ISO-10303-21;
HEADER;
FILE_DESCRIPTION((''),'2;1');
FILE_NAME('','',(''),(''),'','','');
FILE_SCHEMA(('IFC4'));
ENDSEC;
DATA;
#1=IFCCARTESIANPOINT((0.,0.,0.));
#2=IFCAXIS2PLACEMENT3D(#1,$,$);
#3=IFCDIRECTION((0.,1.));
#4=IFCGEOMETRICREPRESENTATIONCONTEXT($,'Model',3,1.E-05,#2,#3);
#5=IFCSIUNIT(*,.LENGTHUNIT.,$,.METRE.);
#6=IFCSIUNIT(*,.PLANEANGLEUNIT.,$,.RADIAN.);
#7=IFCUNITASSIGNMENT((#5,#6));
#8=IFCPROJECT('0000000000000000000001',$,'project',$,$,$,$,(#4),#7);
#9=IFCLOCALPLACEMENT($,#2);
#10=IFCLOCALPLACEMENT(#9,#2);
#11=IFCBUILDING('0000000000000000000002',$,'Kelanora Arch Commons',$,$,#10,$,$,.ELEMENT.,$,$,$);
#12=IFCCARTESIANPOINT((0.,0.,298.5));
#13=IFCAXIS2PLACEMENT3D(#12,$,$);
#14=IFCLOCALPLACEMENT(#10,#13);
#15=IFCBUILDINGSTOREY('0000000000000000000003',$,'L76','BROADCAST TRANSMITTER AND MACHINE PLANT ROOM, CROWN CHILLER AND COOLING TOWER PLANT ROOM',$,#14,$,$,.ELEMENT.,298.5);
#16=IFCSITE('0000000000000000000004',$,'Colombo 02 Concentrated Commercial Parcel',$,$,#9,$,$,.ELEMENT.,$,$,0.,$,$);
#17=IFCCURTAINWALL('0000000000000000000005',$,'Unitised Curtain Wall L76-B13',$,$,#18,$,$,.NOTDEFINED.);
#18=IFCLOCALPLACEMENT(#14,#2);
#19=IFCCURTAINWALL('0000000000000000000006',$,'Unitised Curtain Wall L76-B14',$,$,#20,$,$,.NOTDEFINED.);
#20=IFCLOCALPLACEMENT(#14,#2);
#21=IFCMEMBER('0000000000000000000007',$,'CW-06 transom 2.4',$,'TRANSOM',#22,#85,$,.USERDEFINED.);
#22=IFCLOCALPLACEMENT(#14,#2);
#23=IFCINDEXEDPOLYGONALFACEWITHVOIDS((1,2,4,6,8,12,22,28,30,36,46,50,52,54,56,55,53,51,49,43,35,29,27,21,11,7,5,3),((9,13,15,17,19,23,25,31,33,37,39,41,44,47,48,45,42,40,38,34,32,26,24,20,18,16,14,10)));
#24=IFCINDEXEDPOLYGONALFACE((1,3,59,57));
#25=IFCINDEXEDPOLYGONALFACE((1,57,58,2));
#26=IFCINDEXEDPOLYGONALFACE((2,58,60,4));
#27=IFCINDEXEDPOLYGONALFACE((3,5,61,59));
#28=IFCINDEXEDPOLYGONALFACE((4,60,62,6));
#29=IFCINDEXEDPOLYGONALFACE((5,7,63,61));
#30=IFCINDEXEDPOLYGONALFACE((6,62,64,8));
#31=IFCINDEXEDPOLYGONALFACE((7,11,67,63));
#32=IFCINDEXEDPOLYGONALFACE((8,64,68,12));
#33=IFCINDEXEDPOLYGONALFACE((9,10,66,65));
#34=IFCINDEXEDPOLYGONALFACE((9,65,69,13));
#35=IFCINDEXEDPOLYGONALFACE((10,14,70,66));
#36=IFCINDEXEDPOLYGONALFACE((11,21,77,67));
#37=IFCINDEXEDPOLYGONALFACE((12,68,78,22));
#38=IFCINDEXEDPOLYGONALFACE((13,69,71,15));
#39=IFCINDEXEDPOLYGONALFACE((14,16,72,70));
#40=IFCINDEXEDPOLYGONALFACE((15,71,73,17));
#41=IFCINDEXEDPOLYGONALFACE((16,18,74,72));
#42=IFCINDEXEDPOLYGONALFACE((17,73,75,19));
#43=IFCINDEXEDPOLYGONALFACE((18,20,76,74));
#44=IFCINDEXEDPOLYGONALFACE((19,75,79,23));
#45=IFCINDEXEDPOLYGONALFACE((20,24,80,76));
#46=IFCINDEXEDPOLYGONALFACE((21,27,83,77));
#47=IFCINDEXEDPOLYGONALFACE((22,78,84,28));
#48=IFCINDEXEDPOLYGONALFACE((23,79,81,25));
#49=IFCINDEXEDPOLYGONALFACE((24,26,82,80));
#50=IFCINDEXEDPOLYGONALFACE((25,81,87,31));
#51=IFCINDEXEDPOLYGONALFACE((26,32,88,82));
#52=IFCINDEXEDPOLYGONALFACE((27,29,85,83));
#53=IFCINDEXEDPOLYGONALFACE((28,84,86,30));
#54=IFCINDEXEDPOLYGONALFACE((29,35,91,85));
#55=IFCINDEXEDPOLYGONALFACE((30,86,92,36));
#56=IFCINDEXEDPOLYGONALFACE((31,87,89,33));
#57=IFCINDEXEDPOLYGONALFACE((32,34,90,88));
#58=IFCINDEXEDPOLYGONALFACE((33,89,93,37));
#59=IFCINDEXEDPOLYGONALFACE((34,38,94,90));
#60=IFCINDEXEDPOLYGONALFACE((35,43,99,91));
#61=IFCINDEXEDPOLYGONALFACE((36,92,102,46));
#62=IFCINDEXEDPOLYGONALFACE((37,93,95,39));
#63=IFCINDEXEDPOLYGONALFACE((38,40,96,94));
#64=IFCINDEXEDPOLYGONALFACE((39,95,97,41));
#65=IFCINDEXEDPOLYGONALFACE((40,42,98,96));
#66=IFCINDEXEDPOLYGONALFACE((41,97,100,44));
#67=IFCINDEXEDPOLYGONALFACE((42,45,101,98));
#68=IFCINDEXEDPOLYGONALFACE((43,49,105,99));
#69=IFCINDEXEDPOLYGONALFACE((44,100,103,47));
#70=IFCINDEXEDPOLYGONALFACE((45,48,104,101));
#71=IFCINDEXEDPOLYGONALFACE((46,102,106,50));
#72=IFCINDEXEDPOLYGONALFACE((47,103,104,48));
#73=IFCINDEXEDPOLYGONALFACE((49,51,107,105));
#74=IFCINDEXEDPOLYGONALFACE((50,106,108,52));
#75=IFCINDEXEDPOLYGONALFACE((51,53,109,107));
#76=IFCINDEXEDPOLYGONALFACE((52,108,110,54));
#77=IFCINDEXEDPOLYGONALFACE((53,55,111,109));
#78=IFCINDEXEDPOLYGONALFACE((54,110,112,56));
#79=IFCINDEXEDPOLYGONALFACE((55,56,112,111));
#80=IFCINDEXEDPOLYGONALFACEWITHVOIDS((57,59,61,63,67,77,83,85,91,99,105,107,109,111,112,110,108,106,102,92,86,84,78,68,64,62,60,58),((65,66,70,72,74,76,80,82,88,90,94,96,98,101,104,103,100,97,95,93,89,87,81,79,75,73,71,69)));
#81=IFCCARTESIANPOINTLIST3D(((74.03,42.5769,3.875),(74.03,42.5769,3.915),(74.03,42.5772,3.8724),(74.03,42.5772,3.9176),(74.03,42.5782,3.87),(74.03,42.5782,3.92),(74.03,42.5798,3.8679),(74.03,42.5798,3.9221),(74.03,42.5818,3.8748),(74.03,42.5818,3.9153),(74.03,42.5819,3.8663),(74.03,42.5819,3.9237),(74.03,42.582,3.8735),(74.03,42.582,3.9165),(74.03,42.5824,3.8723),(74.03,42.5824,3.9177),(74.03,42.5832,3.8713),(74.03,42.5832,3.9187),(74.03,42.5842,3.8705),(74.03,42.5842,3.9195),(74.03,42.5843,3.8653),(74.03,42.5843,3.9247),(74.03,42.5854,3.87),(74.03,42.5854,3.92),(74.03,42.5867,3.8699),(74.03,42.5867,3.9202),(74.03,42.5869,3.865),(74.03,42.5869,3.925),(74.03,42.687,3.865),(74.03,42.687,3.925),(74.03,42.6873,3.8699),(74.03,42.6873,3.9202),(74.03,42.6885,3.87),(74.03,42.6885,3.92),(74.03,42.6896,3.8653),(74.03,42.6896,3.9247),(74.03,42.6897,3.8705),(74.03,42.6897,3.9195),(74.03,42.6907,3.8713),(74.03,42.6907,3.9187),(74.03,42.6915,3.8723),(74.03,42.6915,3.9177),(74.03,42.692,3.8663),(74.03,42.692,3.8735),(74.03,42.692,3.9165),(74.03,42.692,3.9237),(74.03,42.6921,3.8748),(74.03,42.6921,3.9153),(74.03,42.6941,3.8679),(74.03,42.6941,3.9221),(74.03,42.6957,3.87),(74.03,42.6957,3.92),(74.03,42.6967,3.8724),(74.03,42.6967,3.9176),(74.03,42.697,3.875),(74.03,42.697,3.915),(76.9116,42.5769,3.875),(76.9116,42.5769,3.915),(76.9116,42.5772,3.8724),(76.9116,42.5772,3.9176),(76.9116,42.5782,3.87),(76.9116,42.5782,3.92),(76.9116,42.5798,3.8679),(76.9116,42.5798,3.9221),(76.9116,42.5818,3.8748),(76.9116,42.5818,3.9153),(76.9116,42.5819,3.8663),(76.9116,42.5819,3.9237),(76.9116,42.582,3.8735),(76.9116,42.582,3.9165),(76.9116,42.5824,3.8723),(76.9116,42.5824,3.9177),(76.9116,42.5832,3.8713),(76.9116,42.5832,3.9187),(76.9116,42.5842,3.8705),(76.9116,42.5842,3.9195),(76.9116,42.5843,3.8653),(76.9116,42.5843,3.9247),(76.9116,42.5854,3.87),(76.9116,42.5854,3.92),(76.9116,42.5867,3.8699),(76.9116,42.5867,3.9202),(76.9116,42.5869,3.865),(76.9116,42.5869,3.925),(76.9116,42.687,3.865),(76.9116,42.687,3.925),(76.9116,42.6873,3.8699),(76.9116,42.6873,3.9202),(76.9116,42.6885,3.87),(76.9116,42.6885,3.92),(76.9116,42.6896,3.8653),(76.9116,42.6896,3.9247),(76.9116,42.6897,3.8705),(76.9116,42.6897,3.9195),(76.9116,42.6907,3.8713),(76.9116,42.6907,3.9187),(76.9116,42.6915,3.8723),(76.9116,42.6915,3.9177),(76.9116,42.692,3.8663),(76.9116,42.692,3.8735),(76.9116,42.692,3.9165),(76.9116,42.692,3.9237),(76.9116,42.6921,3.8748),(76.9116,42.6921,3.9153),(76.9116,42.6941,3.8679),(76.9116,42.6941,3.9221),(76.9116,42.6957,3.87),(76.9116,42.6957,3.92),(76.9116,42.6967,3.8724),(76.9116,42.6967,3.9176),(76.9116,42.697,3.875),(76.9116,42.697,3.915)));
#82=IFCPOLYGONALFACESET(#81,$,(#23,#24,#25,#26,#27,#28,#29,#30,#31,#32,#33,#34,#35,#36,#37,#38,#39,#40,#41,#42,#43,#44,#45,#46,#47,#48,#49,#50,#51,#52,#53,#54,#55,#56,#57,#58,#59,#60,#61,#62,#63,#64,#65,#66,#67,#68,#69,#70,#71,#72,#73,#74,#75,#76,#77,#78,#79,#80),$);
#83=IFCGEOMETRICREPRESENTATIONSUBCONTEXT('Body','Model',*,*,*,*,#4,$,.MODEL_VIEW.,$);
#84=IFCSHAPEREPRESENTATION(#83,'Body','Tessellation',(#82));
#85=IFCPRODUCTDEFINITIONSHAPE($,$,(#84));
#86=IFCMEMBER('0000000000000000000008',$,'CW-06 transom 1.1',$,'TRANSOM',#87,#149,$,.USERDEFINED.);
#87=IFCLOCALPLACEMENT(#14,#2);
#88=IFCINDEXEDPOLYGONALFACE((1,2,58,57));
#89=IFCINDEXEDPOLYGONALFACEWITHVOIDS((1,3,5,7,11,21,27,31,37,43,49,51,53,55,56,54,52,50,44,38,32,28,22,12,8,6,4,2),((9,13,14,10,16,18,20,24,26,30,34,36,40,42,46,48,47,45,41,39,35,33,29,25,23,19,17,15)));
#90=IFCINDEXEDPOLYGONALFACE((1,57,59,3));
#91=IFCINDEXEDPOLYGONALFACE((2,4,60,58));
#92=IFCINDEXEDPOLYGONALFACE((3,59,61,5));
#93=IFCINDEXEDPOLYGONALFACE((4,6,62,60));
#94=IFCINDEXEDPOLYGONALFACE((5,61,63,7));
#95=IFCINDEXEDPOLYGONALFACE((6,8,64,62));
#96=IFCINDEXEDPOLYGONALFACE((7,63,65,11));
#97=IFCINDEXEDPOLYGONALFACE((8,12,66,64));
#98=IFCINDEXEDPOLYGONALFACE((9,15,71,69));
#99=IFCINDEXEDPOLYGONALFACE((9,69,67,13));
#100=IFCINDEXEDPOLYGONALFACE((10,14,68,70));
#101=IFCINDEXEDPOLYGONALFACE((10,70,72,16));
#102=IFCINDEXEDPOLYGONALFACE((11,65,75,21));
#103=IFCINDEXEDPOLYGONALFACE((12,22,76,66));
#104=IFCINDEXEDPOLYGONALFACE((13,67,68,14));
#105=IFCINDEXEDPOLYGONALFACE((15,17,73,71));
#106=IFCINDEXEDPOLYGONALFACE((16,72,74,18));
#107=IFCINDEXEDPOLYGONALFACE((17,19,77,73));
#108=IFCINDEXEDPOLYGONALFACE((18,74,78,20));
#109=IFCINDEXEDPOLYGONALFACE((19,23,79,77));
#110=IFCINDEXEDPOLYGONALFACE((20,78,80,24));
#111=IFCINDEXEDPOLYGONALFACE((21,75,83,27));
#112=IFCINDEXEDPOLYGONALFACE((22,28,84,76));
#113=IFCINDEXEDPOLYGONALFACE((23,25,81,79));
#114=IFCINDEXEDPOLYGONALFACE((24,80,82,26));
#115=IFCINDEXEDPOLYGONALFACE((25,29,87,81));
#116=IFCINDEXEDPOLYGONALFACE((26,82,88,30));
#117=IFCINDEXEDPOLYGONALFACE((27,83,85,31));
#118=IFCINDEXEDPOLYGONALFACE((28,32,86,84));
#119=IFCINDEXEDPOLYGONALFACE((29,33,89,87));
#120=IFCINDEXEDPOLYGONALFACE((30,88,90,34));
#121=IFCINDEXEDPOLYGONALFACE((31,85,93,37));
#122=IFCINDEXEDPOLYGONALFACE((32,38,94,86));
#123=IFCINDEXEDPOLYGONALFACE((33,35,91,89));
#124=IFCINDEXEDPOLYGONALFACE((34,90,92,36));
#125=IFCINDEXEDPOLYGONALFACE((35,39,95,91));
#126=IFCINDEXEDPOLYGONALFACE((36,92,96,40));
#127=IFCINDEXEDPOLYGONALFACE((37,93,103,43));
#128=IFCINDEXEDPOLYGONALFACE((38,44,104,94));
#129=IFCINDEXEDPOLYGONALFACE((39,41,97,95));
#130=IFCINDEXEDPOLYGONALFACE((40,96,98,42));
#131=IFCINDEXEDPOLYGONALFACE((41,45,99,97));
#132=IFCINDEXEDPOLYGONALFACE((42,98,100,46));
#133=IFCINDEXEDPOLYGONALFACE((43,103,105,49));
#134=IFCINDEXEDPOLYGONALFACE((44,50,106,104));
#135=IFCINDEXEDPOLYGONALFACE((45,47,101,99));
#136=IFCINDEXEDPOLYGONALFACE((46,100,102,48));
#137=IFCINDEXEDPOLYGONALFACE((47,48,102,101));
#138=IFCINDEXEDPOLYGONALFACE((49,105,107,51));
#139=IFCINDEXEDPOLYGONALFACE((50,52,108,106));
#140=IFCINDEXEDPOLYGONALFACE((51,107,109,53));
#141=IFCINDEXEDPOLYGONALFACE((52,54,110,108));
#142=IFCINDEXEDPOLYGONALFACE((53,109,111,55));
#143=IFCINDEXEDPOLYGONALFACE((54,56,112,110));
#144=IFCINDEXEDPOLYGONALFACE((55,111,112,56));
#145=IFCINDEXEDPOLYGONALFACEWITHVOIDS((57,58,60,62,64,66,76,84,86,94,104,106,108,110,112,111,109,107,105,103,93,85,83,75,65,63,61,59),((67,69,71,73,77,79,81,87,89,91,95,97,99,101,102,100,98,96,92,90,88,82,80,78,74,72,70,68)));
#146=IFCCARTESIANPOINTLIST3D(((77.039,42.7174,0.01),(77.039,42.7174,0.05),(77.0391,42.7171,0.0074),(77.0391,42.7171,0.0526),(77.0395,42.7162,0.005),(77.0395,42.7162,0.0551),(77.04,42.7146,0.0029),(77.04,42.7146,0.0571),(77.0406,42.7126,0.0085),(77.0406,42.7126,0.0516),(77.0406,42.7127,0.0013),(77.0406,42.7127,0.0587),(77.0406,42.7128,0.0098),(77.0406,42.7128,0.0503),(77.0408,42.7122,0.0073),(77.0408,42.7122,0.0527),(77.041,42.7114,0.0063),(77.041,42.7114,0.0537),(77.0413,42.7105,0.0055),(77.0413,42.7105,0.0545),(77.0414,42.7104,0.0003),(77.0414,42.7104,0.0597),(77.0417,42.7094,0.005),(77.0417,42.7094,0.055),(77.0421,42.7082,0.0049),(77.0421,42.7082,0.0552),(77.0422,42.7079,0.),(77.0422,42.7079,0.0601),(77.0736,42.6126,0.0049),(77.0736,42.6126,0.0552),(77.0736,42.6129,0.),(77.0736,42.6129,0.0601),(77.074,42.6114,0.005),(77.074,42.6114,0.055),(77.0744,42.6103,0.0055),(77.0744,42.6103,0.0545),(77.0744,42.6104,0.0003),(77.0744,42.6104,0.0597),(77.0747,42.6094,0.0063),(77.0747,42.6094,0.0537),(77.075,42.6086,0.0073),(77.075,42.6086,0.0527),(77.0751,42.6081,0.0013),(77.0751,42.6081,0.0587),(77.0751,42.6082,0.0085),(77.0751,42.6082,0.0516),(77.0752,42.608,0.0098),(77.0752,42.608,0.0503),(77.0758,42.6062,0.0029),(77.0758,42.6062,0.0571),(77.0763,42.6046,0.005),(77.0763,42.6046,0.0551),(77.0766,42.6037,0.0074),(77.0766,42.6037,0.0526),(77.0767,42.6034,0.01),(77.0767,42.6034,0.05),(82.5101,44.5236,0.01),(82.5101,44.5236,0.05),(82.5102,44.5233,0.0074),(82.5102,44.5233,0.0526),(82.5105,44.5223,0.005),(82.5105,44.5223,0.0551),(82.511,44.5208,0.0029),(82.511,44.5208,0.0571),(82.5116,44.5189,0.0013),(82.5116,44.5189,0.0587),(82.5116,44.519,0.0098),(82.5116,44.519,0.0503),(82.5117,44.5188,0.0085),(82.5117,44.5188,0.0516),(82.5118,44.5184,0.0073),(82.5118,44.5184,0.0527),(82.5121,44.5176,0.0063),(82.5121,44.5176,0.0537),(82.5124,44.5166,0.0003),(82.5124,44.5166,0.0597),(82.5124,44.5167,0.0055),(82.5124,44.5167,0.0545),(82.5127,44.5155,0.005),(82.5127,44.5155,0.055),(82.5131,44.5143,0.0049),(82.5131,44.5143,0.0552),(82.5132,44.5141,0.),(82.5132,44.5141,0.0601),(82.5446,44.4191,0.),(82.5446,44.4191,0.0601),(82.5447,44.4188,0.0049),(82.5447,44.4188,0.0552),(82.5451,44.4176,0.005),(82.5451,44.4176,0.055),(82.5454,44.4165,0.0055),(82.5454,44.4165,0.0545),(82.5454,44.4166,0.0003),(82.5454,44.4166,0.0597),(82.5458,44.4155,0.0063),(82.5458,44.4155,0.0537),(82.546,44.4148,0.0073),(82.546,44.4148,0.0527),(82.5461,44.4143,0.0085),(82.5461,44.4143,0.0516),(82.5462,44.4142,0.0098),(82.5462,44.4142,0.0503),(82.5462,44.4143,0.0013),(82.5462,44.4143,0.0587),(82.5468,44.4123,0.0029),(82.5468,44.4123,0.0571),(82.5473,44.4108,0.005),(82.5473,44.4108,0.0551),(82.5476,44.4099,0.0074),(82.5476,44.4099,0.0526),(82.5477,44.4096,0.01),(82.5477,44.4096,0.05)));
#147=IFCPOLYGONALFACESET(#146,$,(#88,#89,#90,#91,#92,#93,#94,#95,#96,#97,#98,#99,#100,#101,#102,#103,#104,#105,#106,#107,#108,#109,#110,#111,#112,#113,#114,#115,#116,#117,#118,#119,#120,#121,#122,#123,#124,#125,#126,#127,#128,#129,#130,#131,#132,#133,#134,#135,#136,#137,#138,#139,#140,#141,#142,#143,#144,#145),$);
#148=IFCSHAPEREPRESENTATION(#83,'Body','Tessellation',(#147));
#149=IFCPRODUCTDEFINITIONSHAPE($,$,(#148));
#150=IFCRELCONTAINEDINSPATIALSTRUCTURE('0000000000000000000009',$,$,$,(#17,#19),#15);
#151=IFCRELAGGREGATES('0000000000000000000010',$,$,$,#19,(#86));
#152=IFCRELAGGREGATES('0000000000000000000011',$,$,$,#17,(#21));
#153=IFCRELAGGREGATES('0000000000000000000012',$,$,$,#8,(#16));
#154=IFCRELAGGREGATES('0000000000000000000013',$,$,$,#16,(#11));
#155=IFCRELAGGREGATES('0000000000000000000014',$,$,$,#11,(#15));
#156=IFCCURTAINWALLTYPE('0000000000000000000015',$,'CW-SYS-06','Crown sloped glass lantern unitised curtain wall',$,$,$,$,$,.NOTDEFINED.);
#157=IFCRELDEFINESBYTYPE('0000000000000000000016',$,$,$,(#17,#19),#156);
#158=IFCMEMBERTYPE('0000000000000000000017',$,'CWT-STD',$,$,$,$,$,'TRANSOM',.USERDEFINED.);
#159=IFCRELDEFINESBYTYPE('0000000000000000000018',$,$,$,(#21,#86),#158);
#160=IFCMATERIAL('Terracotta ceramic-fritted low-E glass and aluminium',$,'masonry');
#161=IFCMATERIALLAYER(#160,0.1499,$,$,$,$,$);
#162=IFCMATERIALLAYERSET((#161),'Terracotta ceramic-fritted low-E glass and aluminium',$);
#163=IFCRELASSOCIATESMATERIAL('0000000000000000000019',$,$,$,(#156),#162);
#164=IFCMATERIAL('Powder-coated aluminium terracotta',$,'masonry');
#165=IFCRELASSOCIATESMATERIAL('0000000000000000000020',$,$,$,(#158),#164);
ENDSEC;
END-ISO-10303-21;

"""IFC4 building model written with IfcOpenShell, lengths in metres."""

from ifc_helpers import new_model, si_unit, direction, frame, origin, origin_2d, place, context, subcontext, project, spatial, hollow_rectangle, extrude, material, layer, layer_set, material_profile, profile_set, type_object, element, aggregate, save


model = new_model("IFC4")

# Units and contexts
model_context = context("Model", 3, precision=1e-05, world=origin(), true_north=direction((0.0, 1.0)))
body_context = subcontext(model_context, "Body", "Model", "MODEL_VIEW")
ifc_project = project(units=[si_unit("LENGTHUNIT", "METRE"), si_unit("PLANEANGLEUNIT", "RADIAN")], contexts=[model_context])

# Site, building, storey
site_placement = place(None, origin())
site = spatial("IfcSite", under=ifc_project, at=site_placement, Name="Colombo 02 Concentrated Commercial Parcel", CompositionType="ELEMENT", RefElevation=0.0)
building_placement = place(site_placement, origin())
building = spatial("IfcBuilding", under=site, at=building_placement, Name="Kelanora Arch Commons", CompositionType="ELEMENT")
storey_placement = place(building_placement, frame((0.0, 0.0, 298.5)))
storey = spatial("IfcBuildingStorey", under=building, at=storey_placement, Name="L76", Description="BROADCAST TRANSMITTER AND MACHINE PLANT ROOM, CROWN CHILLER AND COOLING TOWER PLANT ROOM", CompositionType="ELEMENT", Elevation=298.5)

# Curtain wall
ifc_material_1 = material(Name="Terracotta ceramic-fritted low-E glass and aluminium", Category="masonry")
ifc_layer_1 = layer(ifc_material_1, 0.1499)
ifc_layer_set_1 = layer_set([ifc_layer_1], Name="Terracotta ceramic-fritted low-E glass and aluminium")
curtain_wall_type = type_object("IfcCurtainWallType", Name="CW-SYS-06", Description="Crown sloped glass lantern unitised curtain wall", PredefinedType="NOTDEFINED", material=ifc_layer_set_1)
curtain_wall_1_placement = place(storey_placement, origin())
curtain_wall_1 = element("IfcCurtainWall", 1, at=curtain_wall_1_placement, inside=storey, type_object=curtain_wall_type, Name="Unitised Curtain Wall L76-B13", PredefinedType="NOTDEFINED")
ifc_material_2 = material(Name="Powder-coated aluminium terracotta", Category="masonry")

# Curtain wall
curtain_wall_2_placement = place(storey_placement, origin())
curtain_wall_2 = element("IfcCurtainWall", 2, at=curtain_wall_2_placement, inside=storey, type_object=curtain_wall_type, Name="Unitised Curtain Wall L76-B14", PredefinedType="NOTDEFINED")

# Members
ifc_material_profile_1 = material_profile(ifc_material_2, hollow_rectangle(XDim=0.1201, YDim=0.0601, WallThickness=0.0049, InnerFilletRadius=0.0049, OuterFilletRadius=0.01, at=origin_2d()), Name="CWT120x60")
ifc_profile_set_1 = profile_set([ifc_material_profile_1], Name="Powder-coated aluminium terracotta")
member_type_1 = type_object("IfcMemberType", Name="CWT-STD", ElementType="TRANSOM", PredefinedType="USERDEFINED", material=ifc_profile_set_1)
member_1_placement = place(storey_placement, frame((74.03, 42.637, 3.895), z_axis=(1.0, 0.0, 0.0), x_axis=(0.0, 1.0, 0.0)))
member_1 = element("IfcMember", 3, at=member_1_placement, type_object=member_type_1, Name="CW-06 transom 2.4", ObjectType="TRANSOM", PredefinedType="USERDEFINED", context=body_context, shape_type="SweptSolid", body=[
    extrude(hollow_rectangle(XDim=0.1201, YDim=0.0601, WallThickness=0.0049, InnerFilletRadius=0.0049, OuterFilletRadius=0.01, at=origin_2d()), origin(), (0.0, 0.0, 1.0), 2.8816),
])
member_2_placement = place(storey_placement, frame((77.0579, 42.6604, 0.03), z_axis=(0.94959, 0.313493, 0.0), x_axis=(-0.313493, 0.94959, 0.0)))
member_2 = element("IfcMember", 4, at=member_2_placement, type_object=member_type_1, Name="CW-06 transom 1.1", ObjectType="TRANSOM", PredefinedType="USERDEFINED", context=body_context, shape_type="SweptSolid", body=[
    extrude(hollow_rectangle(XDim=0.1201, YDim=0.0601, WallThickness=0.0049, InnerFilletRadius=0.0049, OuterFilletRadius=0.01, at=origin_2d()), origin(), (0.0, 0.0, 1.0), 5.7615),
])

aggregate(curtain_wall_2, [member_2])
aggregate(curtain_wall_1, [member_1])

save(model, "model.ifc")
